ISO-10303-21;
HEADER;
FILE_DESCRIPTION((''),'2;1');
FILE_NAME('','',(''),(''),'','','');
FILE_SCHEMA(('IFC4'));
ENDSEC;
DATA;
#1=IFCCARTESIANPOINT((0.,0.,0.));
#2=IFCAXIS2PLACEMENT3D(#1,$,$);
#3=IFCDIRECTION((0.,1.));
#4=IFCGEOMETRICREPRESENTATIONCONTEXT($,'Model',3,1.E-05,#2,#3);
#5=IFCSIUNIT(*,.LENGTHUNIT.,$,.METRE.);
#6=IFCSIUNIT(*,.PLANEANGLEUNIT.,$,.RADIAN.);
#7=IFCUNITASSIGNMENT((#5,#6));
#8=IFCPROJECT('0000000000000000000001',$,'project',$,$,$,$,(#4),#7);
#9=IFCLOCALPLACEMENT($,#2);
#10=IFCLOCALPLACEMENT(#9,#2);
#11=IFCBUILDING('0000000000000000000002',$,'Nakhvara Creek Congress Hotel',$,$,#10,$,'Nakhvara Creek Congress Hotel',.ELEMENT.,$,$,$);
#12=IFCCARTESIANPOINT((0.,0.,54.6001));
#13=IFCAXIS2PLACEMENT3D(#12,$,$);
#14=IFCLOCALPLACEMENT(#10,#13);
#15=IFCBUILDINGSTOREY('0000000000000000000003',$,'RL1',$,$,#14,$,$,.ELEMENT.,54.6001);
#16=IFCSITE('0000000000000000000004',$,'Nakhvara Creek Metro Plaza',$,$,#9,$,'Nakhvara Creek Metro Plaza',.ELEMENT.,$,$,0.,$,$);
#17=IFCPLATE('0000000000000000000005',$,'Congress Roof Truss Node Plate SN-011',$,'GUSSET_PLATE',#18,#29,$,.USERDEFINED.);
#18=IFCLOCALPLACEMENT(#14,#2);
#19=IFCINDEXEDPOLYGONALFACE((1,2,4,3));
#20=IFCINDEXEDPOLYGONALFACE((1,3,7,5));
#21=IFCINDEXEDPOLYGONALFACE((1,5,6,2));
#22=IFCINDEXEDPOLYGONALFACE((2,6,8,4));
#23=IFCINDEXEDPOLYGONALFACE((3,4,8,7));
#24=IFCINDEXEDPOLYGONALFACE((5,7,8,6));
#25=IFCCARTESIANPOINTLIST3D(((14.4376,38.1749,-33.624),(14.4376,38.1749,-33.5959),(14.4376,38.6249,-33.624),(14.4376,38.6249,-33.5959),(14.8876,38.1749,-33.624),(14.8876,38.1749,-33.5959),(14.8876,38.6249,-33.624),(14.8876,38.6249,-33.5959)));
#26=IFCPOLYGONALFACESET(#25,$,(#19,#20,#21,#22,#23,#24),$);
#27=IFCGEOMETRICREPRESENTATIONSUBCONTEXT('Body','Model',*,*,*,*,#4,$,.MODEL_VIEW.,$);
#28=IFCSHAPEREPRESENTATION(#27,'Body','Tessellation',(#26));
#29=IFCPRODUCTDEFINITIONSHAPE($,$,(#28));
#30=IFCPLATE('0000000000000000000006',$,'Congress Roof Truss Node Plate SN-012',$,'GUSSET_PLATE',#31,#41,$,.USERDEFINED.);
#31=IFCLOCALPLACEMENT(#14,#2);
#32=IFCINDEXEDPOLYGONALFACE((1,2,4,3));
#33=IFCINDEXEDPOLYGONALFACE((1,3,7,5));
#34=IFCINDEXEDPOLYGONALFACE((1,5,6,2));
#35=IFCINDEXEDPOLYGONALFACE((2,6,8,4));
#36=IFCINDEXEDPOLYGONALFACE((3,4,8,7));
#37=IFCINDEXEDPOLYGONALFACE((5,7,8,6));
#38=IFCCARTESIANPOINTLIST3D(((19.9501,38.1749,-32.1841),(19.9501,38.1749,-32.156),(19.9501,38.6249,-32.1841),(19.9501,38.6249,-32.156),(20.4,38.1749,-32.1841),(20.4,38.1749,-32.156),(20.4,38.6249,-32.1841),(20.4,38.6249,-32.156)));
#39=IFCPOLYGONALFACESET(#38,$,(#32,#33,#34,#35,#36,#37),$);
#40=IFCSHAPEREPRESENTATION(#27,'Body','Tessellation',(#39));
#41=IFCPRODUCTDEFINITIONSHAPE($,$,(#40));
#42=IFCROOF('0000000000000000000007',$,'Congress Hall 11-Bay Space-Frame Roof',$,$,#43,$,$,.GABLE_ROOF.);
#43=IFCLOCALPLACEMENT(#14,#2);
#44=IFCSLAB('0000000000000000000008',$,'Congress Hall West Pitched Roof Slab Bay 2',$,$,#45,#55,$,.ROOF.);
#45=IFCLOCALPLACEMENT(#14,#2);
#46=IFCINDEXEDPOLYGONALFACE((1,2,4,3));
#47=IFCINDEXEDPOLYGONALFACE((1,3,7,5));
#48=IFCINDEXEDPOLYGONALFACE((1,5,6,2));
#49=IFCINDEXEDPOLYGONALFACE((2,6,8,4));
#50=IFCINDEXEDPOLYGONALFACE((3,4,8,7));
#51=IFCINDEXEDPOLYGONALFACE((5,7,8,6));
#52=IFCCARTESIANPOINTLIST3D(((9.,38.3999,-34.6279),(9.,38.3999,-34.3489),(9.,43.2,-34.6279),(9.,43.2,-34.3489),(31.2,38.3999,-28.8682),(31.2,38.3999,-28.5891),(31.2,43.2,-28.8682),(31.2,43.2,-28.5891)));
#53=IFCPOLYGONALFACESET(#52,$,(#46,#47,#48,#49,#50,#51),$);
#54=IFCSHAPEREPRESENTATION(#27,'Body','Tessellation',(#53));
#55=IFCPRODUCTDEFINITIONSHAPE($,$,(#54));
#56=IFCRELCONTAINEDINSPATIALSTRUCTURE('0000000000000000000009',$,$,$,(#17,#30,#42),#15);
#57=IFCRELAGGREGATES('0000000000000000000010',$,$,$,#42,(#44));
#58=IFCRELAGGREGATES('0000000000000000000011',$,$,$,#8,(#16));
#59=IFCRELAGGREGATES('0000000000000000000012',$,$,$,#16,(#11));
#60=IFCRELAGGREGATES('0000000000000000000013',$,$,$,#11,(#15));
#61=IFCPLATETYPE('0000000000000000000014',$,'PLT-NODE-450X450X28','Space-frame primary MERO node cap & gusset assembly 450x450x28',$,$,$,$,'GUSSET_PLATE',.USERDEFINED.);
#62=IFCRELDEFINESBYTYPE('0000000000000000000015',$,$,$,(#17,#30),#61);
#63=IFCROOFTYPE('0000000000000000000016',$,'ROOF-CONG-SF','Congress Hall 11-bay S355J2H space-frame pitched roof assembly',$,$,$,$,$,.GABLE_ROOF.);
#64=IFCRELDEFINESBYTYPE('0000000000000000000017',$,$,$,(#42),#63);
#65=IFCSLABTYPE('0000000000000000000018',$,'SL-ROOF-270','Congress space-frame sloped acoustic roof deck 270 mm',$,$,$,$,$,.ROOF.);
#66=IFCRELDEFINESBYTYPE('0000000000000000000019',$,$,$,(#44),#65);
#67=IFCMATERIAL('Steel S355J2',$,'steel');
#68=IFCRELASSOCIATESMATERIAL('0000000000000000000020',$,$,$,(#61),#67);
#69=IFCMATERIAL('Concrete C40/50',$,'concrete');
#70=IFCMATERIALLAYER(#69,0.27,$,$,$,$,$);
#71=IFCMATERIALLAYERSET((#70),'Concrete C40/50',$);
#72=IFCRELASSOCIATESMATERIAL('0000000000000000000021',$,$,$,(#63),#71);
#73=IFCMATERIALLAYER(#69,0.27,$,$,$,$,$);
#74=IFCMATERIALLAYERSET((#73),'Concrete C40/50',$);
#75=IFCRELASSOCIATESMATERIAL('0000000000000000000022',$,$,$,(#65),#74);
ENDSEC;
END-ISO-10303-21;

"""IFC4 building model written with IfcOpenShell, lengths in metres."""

from ifc_helpers import new_model, si_unit, direction, frame, origin, origin_2d, place, context, subcontext, project, spatial, polyline, rectangle, outline, extrude, material, layer, layer_set, type_object, element, aggregate, save


model = new_model("IFC4")

# Units and contexts
model_context = context("Model", 3, precision=1e-05, world=origin(), true_north=direction((0.0, 1.0)))
body_context = subcontext(model_context, "Body", "Model", "MODEL_VIEW")
ifc_project = project(units=[si_unit("LENGTHUNIT", "METRE"), si_unit("PLANEANGLEUNIT", "RADIAN")], contexts=[model_context])

# Site, building, storey
site_placement = place(None, origin())
site = spatial("IfcSite", under=ifc_project, at=site_placement, Name="Nakhvara Creek Metro Plaza", LongName="Nakhvara Creek Metro Plaza", CompositionType="ELEMENT", RefElevation=0.0)
building_placement = place(site_placement, origin())
building = spatial("IfcBuilding", under=site, at=building_placement, Name="Nakhvara Creek Congress Hotel", LongName="Nakhvara Creek Congress Hotel", CompositionType="ELEMENT")
storey_placement = place(building_placement, frame((0.0, 0.0, 54.6001)))
storey = spatial("IfcBuildingStorey", under=building, at=storey_placement, Name="RL1", CompositionType="ELEMENT", Elevation=54.6001)

# Plates
ifc_material_1 = material(Name="Steel S355J2", Category="steel")
plate_type_1 = type_object("IfcPlateType", Name="PLT-NODE-450X450X28", Description="Space-frame primary MERO node cap & gusset assembly 450x450x28", ElementType="GUSSET_PLATE", PredefinedType="USERDEFINED", material=ifc_material_1)
for number, where, z_axis, x_axis, name in (
    (1, (14.6626, 38.3999, -33.624), (0.0, 0.0, 1.0), (1.0, 0.0, 0.0), "Congress Roof Truss Node Plate SN-011"),
    (2, (20.175, 38.3999, -32.1841), (0.0, 0.0, 1.0), (1.0, 0.0, 0.0), "Congress Roof Truss Node Plate SN-012"),
):
    element("IfcPlate", number, at=place(storey_placement, frame(where, z_axis=z_axis, x_axis=x_axis)), inside=storey, type_object=plate_type_1, Name=name, ObjectType="GUSSET_PLATE", PredefinedType="USERDEFINED", context=body_context, shape_type="SweptSolid", body=[
        extrude(rectangle(XDim=0.45, YDim=0.45, at=origin_2d()), origin(), (0.0, 0.0, 1.0), 0.0281),
    ])

# Roof, slab
ifc_material_2 = material(Name="Concrete C40/50", Category="concrete")
ifc_layer_1 = layer(ifc_material_2, 0.27)
ifc_layer_set_1 = layer_set([ifc_layer_1], Name="Concrete C40/50")
roof_type = type_object("IfcRoofType", Name="ROOF-CONG-SF", Description="Congress Hall 11-bay S355J2H space-frame pitched roof assembly", PredefinedType="GABLE_ROOF", material=ifc_layer_set_1)
roof_placement = place(storey_placement, origin())
roof = element("IfcRoof", 3, at=roof_placement, inside=storey, type_object=roof_type, Name="Congress Hall 11-Bay Space-Frame Roof", PredefinedType="GABLE_ROOF")
ifc_layer_2 = layer(ifc_material_2, 0.27)
ifc_layer_set_2 = layer_set([ifc_layer_2], Name="Concrete C40/50")
slab_type = type_object("IfcSlabType", Name="SL-ROOF-270", Description="Congress space-frame sloped acoustic roof deck 270 mm", PredefinedType="ROOF", material=ifc_layer_set_2)
slab_placement = place(storey_placement, frame((9.0, 38.3999, -34.3489), z_axis=(0.0, 0.0, 1.0), x_axis=(1.0, 0.0, 0.0)))
slab = element("IfcSlab", 4, at=slab_placement, type_object=slab_type, Name="Congress Hall West Pitched Roof Slab Bay 2", PredefinedType="ROOF", context=body_context, shape_type="SweptSolid", body=[
    extrude(outline(polyline([(0.0, 0.0), (22.2, 5.7598), (22.2, 5.4807), (0.0, -0.2791), (0.0, 0.0)])), frame((0.0, 4.8, 0.0), z_axis=(0.0, -1.0, 0.0), x_axis=(1.0, 0.0, 0.0)), (0.0, 0.0, 1.0), 4.8),
])
aggregate(roof, [slab])

save(model, "model.ifc")
